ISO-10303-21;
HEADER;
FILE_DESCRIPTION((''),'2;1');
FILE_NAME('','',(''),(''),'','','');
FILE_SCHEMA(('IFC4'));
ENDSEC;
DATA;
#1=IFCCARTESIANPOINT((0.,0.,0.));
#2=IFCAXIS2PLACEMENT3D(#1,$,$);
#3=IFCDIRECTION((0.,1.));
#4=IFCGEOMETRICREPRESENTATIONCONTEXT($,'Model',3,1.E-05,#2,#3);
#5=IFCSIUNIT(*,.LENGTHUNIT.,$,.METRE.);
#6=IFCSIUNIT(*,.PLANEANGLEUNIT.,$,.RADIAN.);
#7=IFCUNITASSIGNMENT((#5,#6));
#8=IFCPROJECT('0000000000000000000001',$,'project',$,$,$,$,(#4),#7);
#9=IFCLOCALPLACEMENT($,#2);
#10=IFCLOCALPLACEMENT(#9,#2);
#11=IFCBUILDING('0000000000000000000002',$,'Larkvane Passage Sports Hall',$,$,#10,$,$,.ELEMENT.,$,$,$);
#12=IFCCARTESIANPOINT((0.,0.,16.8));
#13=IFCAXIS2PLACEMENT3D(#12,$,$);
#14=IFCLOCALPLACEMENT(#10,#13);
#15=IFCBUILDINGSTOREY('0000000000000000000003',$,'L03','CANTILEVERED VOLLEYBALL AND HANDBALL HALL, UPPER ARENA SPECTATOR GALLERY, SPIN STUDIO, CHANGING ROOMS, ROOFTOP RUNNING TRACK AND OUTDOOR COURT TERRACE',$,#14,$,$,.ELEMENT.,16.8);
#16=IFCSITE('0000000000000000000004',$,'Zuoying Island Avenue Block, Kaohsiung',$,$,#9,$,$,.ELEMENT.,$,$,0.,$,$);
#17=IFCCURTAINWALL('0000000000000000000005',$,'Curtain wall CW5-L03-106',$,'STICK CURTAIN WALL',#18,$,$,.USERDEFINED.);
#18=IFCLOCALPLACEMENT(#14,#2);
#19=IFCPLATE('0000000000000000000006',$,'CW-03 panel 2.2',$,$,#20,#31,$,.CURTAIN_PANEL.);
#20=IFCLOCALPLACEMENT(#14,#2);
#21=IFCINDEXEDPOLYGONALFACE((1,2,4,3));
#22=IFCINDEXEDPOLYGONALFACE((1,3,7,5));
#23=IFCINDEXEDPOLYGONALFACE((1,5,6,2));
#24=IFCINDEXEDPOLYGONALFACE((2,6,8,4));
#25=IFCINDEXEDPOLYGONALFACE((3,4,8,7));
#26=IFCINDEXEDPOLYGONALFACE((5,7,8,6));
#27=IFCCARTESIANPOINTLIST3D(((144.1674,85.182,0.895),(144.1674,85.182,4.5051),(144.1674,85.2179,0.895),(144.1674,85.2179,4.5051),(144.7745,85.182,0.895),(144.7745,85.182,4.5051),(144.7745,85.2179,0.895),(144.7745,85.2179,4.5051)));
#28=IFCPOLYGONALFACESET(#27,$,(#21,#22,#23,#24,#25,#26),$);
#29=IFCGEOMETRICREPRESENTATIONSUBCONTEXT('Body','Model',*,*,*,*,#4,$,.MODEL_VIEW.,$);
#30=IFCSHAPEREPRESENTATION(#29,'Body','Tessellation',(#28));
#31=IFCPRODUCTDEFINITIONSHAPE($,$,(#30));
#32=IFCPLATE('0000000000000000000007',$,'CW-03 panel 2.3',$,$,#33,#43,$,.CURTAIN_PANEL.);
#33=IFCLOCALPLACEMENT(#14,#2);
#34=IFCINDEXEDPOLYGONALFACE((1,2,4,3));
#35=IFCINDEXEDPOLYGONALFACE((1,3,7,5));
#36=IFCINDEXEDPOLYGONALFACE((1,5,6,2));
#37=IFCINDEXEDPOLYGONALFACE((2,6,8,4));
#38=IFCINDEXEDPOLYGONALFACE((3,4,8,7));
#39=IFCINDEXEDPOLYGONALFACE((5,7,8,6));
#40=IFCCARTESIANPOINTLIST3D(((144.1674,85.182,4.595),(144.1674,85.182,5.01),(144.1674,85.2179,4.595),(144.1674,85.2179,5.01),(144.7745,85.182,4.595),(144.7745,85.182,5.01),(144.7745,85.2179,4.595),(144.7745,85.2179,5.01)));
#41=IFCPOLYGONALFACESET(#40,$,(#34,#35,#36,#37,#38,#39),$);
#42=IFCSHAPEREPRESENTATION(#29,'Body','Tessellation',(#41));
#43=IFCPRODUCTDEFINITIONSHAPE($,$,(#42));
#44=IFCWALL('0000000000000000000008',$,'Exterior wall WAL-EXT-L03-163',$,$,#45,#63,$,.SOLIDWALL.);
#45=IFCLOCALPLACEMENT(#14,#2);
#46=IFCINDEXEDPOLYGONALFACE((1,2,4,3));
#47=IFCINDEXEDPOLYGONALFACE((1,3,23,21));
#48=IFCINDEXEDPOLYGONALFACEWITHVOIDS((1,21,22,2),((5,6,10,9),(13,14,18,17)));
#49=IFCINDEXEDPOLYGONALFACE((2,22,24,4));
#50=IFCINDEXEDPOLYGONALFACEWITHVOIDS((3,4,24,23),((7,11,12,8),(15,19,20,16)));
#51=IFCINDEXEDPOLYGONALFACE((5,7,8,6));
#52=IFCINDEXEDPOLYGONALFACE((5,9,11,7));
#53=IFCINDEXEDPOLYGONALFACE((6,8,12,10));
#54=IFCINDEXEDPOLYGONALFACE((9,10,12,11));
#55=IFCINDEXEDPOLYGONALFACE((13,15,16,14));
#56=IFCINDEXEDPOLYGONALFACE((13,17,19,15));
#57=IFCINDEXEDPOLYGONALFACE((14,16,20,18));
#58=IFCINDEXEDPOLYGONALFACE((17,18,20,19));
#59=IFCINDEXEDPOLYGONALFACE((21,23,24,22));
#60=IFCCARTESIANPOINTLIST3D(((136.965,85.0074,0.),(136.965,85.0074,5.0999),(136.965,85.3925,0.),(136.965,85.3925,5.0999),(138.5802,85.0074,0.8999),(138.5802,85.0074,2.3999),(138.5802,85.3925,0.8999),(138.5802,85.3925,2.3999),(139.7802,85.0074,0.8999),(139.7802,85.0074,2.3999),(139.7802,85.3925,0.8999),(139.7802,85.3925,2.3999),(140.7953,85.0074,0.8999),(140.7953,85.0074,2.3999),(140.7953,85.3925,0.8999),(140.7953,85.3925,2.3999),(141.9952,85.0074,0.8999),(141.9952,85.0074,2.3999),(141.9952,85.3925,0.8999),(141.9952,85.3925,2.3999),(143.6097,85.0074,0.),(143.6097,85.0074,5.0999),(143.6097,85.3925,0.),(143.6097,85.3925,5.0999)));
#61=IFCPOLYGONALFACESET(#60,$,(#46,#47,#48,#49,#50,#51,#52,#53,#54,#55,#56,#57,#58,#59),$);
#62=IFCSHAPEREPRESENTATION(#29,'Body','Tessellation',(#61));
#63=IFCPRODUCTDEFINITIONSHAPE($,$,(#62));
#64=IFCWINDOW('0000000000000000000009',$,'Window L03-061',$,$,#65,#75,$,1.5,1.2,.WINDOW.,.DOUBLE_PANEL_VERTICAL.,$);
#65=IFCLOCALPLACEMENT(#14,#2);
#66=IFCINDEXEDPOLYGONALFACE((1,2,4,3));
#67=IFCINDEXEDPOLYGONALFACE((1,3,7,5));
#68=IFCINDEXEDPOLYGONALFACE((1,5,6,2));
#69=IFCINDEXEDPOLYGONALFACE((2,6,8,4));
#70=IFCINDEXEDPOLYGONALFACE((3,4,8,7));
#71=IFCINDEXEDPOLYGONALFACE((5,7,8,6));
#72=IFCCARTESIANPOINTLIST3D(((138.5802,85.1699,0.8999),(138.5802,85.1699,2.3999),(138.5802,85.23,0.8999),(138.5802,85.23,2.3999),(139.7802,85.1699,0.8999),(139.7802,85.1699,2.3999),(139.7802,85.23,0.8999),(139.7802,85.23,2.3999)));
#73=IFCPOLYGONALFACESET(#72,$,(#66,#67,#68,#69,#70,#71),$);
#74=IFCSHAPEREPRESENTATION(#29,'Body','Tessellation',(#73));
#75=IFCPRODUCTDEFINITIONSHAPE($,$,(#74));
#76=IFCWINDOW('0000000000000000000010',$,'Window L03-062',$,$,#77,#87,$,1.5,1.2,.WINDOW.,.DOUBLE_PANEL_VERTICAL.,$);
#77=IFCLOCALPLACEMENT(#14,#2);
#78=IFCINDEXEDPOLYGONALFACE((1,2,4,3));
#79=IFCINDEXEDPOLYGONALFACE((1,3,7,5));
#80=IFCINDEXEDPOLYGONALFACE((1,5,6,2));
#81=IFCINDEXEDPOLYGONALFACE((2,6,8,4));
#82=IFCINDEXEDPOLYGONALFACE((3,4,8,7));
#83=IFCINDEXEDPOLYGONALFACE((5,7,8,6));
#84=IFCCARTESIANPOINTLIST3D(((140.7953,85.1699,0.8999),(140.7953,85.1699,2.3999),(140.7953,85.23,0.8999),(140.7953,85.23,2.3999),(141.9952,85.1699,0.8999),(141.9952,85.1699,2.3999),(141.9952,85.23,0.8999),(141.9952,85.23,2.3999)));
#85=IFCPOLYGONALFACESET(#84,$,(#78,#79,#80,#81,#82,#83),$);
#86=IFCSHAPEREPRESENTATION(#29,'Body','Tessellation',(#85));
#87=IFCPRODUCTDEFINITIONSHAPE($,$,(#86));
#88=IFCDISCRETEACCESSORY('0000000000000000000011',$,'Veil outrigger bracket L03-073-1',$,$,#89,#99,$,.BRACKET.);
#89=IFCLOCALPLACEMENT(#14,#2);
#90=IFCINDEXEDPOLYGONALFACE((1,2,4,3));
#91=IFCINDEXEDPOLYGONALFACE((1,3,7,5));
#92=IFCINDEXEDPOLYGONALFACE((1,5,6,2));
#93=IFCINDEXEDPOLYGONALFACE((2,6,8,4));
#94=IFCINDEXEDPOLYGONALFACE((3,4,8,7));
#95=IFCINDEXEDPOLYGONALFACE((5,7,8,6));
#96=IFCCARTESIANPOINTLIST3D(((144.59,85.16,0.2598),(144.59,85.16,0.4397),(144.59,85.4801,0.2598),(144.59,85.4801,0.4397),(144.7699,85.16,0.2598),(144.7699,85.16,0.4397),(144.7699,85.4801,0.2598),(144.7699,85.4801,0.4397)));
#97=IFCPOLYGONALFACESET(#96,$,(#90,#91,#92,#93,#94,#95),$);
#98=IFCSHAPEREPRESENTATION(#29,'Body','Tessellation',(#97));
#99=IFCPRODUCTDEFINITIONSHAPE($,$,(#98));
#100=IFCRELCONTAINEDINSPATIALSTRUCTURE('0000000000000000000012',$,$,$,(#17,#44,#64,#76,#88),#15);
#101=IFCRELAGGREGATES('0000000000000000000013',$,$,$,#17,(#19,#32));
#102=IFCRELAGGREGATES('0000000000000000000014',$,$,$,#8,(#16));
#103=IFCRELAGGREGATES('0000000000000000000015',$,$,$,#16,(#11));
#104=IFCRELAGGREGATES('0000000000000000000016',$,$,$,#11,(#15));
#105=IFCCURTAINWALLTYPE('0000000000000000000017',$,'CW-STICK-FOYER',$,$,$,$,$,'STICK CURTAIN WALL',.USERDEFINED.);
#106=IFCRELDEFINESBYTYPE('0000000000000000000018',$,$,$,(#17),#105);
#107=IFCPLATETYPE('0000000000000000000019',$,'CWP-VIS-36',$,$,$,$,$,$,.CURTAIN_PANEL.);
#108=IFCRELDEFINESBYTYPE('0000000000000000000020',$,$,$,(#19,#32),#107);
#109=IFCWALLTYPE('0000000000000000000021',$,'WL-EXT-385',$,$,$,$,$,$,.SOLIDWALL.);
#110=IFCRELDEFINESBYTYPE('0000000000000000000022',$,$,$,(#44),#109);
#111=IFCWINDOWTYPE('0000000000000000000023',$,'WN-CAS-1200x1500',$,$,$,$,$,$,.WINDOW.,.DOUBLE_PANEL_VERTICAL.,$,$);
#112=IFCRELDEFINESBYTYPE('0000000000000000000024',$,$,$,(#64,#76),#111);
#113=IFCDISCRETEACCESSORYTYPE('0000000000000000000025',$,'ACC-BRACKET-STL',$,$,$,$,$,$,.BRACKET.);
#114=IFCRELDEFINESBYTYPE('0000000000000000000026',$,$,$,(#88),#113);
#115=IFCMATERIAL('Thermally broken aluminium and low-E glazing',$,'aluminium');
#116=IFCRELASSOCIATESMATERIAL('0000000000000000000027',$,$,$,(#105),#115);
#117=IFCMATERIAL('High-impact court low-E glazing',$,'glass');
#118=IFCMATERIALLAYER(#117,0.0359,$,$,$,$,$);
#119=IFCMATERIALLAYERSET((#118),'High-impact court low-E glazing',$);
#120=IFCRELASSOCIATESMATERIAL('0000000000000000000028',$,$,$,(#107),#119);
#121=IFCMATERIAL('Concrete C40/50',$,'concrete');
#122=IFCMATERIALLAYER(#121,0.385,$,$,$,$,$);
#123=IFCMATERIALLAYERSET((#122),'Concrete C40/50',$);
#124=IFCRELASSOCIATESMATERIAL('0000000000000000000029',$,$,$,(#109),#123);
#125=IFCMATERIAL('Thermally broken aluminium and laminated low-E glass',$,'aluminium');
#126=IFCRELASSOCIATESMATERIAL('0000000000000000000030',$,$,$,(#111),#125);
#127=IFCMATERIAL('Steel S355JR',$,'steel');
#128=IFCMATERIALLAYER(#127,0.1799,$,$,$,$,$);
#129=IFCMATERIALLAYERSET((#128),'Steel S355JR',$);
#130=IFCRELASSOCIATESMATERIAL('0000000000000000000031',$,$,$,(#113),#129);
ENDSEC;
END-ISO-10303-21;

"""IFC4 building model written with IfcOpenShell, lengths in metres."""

from ifc_helpers import new_model, si_unit, direction, frame, frame_2d, origin, origin_2d, place, context, subcontext, project, spatial, rectangle, extrude, material, layer, layer_set, type_object, element, fill, aggregate, save


model = new_model("IFC4")

# Units and contexts
model_context = context("Model", 3, precision=1e-05, world=origin(), true_north=direction((0.0, 1.0)))
body_context = subcontext(model_context, "Body", "Model", "MODEL_VIEW")
ifc_project = project(units=[si_unit("LENGTHUNIT", "METRE"), si_unit("PLANEANGLEUNIT", "RADIAN")], contexts=[model_context])

# Site, building, storey
site_placement = place(None, origin())
site = spatial("IfcSite", under=ifc_project, at=site_placement, Name="Zuoying Island Avenue Block, Kaohsiung", CompositionType="ELEMENT", RefElevation=0.0)
building_placement = place(site_placement, origin())
building = spatial("IfcBuilding", under=site, at=building_placement, Name="Larkvane Passage Sports Hall", CompositionType="ELEMENT")
storey_placement = place(building_placement, frame((0.0, 0.0, 16.8)))
storey = spatial("IfcBuildingStorey", under=building, at=storey_placement, Name="L03", Description="CANTILEVERED VOLLEYBALL AND HANDBALL HALL, UPPER ARENA SPECTATOR GALLERY, SPIN STUDIO, CHANGING ROOMS, ROOFTOP RUNNING TRACK AND OUTDOOR COURT TERRACE", CompositionType="ELEMENT", Elevation=16.8)

# Curtain wall
ifc_material_1 = material(Name="Thermally broken aluminium and low-E glazing", Category="aluminium")
curtain_wall_type_1 = type_object("IfcCurtainWallType", Name="CW-STICK-FOYER", ElementType="STICK CURTAIN WALL", PredefinedType="USERDEFINED", material=ifc_material_1)
curtain_wall_1_placement = place(storey_placement, origin())
curtain_wall_1 = element("IfcCurtainWall", 1, at=curtain_wall_1_placement, inside=storey, type_object=curtain_wall_type_1, Name="Curtain wall CW5-L03-106", ObjectType="STICK CURTAIN WALL", PredefinedType="USERDEFINED")

# Plates
ifc_material_2 = material(Name="High-impact court low-E glazing", Category="glass")
ifc_layer_1 = layer(ifc_material_2, 0.0359)
ifc_layer_set_1 = layer_set([ifc_layer_1], Name="High-impact court low-E glazing")
plate_type_1 = type_object("IfcPlateType", Name="CWP-VIS-36", PredefinedType="CURTAIN_PANEL", material=ifc_layer_set_1)
plate_1_placement = place(storey_placement, frame((144.4709, 85.2, 0.895), z_axis=(0.0, 0.0, 1.0), x_axis=(1.0, 0.0, 0.0)))
plate_1 = element("IfcPlate", 2, at=plate_1_placement, type_object=plate_type_1, Name="CW-03 panel 2.2", PredefinedType="CURTAIN_PANEL", context=body_context, shape_type="SweptSolid", body=[
    extrude(rectangle(XDim=0.6072, YDim=0.0359, at=origin_2d()), origin(), (0.0, 0.0, 1.0), 3.6101),
])
plate_2_placement = place(storey_placement, frame((144.4709, 85.2, 4.595), z_axis=(0.0, 0.0, 1.0), x_axis=(1.0, 0.0, 0.0)))
plate_2 = element("IfcPlate", 3, at=plate_2_placement, type_object=plate_type_1, Name="CW-03 panel 2.3", PredefinedType="CURTAIN_PANEL", context=body_context, shape_type="SweptSolid", body=[
    extrude(rectangle(XDim=0.6072, YDim=0.0359, at=origin_2d()), origin(), (0.0, 0.0, 1.0), 0.415),
])
aggregate(curtain_wall_1, [plate_1, plate_2])

# Wall, openings, windows
ifc_material_3 = material(Name="Concrete C40/50", Category="concrete")
ifc_layer_2 = layer(ifc_material_3, 0.385)
ifc_layer_set_2 = layer_set([ifc_layer_2], Name="Concrete C40/50")
wall_type = type_object("IfcWallType", Name="WL-EXT-385", PredefinedType="SOLIDWALL", material=ifc_layer_set_2)
wall_placement = place(storey_placement, frame((136.9651, 85.2, 0.0), z_axis=(0.0, 0.0, 1.0), x_axis=(1.0, 0.0, 0.0)))
wall = element("IfcWall", 4, at=wall_placement, inside=storey, type_object=wall_type, Name="Exterior wall WAL-EXT-L03-163", PredefinedType="SOLIDWALL", context=body_context, shape_type="SweptSolid", body=[
    extrude(rectangle(XDim=6.6448, YDim=0.385, at=frame_2d((3.3223, 0.0))), origin(), (0.0, 0.0, 1.0), 5.0999),
])
opening_1_placement = place(wall_placement, frame((1.615, 0.0, 0.8999)))
opening_1 = element("IfcOpeningElement", 5, at=opening_1_placement, cuts=wall, PredefinedType="OPENING", context=body_context, shape_type="SweptSolid", body=[
    extrude(rectangle(XDim=1.2, YDim=1.5, at=frame_2d((0.6001, 0.75))), frame((0.0, 0.2024, 0.0), z_axis=(0.0, -1.0, 0.0), x_axis=(1.0, 0.0, 0.0)), (0.0, 0.0, 1.0), 0.405),
])
opening_2_placement = place(wall_placement, frame((3.8301, 0.0, 0.8999)))
opening_2 = element("IfcOpeningElement", 6, at=opening_2_placement, cuts=wall, PredefinedType="OPENING", context=body_context, shape_type="SweptSolid", body=[
    extrude(rectangle(XDim=1.2, YDim=1.5, at=frame_2d((0.6001, 0.75))), frame((0.0, 0.2024, 0.0), z_axis=(0.0, -1.0, 0.0), x_axis=(1.0, 0.0, 0.0)), (0.0, 0.0, 1.0), 0.405),
])
ifc_material_4 = material(Name="Thermally broken aluminium and laminated low-E glass", Category="aluminium")
window_type = type_object("IfcWindowType", Name="WN-CAS-1200x1500", PartitioningType="DOUBLE_PANEL_VERTICAL", PredefinedType="WINDOW", material=ifc_material_4)
window_1_placement = place(opening_1_placement, origin())
window_1 = element("IfcWindow", 7, at=window_1_placement, inside=storey, type_object=window_type, Name="Window L03-061", OverallHeight=1.5, OverallWidth=1.2, PartitioningType="DOUBLE_PANEL_VERTICAL", PredefinedType="WINDOW", context=body_context, shape_type="SweptSolid", body=[
    extrude(rectangle(XDim=1.2, YDim=1.5, at=frame_2d((0.6001, 0.75))), frame((0.0, 0.03, 0.0), z_axis=(0.0, -1.0, 0.0), x_axis=(1.0, 0.0, 0.0)), (0.0, 0.0, 1.0), 0.0601),
])
fill(opening_1, window_1)
window_2_placement = place(opening_2_placement, origin())
window_2 = element("IfcWindow", 8, at=window_2_placement, inside=storey, type_object=window_type, Name="Window L03-062", OverallHeight=1.5, OverallWidth=1.2, PartitioningType="DOUBLE_PANEL_VERTICAL", PredefinedType="WINDOW", context=body_context, shape_type="SweptSolid", body=[
    extrude(rectangle(XDim=1.2, YDim=1.5, at=frame_2d((0.6001, 0.75))), frame((0.0, 0.03, 0.0), z_axis=(0.0, -1.0, 0.0), x_axis=(1.0, 0.0, 0.0)), (0.0, 0.0, 1.0), 0.0601),
])
fill(opening_2, window_2)

# Discrete accessory
ifc_material_5 = material(Name="Steel S355JR", Category="steel")
ifc_layer_3 = layer(ifc_material_5, 0.1799)
ifc_layer_set_3 = layer_set([ifc_layer_3], Name="Steel S355JR")
discrete_accessory_type = type_object("IfcDiscreteAccessoryType", Name="ACC-BRACKET-STL", PredefinedType="BRACKET", material=ifc_layer_set_3)
discrete_accessory_placement = place(storey_placement, frame((144.6799, 85.3201, 0.2598), z_axis=(0.0, 0.0, 1.0), x_axis=(1.0, 0.0, 0.0)))
element("IfcDiscreteAccessory", 9, at=discrete_accessory_placement, inside=storey, type_object=discrete_accessory_type, Name="Veil outrigger bracket L03-073-1", PredefinedType="BRACKET", context=body_context, shape_type="SweptSolid", body=[
    extrude(rectangle(XDim=0.1799, YDim=0.3201, at=origin_2d()), origin(), (0.0, 0.0, 1.0), 0.1799),
])

save(model, "model.ifc")
